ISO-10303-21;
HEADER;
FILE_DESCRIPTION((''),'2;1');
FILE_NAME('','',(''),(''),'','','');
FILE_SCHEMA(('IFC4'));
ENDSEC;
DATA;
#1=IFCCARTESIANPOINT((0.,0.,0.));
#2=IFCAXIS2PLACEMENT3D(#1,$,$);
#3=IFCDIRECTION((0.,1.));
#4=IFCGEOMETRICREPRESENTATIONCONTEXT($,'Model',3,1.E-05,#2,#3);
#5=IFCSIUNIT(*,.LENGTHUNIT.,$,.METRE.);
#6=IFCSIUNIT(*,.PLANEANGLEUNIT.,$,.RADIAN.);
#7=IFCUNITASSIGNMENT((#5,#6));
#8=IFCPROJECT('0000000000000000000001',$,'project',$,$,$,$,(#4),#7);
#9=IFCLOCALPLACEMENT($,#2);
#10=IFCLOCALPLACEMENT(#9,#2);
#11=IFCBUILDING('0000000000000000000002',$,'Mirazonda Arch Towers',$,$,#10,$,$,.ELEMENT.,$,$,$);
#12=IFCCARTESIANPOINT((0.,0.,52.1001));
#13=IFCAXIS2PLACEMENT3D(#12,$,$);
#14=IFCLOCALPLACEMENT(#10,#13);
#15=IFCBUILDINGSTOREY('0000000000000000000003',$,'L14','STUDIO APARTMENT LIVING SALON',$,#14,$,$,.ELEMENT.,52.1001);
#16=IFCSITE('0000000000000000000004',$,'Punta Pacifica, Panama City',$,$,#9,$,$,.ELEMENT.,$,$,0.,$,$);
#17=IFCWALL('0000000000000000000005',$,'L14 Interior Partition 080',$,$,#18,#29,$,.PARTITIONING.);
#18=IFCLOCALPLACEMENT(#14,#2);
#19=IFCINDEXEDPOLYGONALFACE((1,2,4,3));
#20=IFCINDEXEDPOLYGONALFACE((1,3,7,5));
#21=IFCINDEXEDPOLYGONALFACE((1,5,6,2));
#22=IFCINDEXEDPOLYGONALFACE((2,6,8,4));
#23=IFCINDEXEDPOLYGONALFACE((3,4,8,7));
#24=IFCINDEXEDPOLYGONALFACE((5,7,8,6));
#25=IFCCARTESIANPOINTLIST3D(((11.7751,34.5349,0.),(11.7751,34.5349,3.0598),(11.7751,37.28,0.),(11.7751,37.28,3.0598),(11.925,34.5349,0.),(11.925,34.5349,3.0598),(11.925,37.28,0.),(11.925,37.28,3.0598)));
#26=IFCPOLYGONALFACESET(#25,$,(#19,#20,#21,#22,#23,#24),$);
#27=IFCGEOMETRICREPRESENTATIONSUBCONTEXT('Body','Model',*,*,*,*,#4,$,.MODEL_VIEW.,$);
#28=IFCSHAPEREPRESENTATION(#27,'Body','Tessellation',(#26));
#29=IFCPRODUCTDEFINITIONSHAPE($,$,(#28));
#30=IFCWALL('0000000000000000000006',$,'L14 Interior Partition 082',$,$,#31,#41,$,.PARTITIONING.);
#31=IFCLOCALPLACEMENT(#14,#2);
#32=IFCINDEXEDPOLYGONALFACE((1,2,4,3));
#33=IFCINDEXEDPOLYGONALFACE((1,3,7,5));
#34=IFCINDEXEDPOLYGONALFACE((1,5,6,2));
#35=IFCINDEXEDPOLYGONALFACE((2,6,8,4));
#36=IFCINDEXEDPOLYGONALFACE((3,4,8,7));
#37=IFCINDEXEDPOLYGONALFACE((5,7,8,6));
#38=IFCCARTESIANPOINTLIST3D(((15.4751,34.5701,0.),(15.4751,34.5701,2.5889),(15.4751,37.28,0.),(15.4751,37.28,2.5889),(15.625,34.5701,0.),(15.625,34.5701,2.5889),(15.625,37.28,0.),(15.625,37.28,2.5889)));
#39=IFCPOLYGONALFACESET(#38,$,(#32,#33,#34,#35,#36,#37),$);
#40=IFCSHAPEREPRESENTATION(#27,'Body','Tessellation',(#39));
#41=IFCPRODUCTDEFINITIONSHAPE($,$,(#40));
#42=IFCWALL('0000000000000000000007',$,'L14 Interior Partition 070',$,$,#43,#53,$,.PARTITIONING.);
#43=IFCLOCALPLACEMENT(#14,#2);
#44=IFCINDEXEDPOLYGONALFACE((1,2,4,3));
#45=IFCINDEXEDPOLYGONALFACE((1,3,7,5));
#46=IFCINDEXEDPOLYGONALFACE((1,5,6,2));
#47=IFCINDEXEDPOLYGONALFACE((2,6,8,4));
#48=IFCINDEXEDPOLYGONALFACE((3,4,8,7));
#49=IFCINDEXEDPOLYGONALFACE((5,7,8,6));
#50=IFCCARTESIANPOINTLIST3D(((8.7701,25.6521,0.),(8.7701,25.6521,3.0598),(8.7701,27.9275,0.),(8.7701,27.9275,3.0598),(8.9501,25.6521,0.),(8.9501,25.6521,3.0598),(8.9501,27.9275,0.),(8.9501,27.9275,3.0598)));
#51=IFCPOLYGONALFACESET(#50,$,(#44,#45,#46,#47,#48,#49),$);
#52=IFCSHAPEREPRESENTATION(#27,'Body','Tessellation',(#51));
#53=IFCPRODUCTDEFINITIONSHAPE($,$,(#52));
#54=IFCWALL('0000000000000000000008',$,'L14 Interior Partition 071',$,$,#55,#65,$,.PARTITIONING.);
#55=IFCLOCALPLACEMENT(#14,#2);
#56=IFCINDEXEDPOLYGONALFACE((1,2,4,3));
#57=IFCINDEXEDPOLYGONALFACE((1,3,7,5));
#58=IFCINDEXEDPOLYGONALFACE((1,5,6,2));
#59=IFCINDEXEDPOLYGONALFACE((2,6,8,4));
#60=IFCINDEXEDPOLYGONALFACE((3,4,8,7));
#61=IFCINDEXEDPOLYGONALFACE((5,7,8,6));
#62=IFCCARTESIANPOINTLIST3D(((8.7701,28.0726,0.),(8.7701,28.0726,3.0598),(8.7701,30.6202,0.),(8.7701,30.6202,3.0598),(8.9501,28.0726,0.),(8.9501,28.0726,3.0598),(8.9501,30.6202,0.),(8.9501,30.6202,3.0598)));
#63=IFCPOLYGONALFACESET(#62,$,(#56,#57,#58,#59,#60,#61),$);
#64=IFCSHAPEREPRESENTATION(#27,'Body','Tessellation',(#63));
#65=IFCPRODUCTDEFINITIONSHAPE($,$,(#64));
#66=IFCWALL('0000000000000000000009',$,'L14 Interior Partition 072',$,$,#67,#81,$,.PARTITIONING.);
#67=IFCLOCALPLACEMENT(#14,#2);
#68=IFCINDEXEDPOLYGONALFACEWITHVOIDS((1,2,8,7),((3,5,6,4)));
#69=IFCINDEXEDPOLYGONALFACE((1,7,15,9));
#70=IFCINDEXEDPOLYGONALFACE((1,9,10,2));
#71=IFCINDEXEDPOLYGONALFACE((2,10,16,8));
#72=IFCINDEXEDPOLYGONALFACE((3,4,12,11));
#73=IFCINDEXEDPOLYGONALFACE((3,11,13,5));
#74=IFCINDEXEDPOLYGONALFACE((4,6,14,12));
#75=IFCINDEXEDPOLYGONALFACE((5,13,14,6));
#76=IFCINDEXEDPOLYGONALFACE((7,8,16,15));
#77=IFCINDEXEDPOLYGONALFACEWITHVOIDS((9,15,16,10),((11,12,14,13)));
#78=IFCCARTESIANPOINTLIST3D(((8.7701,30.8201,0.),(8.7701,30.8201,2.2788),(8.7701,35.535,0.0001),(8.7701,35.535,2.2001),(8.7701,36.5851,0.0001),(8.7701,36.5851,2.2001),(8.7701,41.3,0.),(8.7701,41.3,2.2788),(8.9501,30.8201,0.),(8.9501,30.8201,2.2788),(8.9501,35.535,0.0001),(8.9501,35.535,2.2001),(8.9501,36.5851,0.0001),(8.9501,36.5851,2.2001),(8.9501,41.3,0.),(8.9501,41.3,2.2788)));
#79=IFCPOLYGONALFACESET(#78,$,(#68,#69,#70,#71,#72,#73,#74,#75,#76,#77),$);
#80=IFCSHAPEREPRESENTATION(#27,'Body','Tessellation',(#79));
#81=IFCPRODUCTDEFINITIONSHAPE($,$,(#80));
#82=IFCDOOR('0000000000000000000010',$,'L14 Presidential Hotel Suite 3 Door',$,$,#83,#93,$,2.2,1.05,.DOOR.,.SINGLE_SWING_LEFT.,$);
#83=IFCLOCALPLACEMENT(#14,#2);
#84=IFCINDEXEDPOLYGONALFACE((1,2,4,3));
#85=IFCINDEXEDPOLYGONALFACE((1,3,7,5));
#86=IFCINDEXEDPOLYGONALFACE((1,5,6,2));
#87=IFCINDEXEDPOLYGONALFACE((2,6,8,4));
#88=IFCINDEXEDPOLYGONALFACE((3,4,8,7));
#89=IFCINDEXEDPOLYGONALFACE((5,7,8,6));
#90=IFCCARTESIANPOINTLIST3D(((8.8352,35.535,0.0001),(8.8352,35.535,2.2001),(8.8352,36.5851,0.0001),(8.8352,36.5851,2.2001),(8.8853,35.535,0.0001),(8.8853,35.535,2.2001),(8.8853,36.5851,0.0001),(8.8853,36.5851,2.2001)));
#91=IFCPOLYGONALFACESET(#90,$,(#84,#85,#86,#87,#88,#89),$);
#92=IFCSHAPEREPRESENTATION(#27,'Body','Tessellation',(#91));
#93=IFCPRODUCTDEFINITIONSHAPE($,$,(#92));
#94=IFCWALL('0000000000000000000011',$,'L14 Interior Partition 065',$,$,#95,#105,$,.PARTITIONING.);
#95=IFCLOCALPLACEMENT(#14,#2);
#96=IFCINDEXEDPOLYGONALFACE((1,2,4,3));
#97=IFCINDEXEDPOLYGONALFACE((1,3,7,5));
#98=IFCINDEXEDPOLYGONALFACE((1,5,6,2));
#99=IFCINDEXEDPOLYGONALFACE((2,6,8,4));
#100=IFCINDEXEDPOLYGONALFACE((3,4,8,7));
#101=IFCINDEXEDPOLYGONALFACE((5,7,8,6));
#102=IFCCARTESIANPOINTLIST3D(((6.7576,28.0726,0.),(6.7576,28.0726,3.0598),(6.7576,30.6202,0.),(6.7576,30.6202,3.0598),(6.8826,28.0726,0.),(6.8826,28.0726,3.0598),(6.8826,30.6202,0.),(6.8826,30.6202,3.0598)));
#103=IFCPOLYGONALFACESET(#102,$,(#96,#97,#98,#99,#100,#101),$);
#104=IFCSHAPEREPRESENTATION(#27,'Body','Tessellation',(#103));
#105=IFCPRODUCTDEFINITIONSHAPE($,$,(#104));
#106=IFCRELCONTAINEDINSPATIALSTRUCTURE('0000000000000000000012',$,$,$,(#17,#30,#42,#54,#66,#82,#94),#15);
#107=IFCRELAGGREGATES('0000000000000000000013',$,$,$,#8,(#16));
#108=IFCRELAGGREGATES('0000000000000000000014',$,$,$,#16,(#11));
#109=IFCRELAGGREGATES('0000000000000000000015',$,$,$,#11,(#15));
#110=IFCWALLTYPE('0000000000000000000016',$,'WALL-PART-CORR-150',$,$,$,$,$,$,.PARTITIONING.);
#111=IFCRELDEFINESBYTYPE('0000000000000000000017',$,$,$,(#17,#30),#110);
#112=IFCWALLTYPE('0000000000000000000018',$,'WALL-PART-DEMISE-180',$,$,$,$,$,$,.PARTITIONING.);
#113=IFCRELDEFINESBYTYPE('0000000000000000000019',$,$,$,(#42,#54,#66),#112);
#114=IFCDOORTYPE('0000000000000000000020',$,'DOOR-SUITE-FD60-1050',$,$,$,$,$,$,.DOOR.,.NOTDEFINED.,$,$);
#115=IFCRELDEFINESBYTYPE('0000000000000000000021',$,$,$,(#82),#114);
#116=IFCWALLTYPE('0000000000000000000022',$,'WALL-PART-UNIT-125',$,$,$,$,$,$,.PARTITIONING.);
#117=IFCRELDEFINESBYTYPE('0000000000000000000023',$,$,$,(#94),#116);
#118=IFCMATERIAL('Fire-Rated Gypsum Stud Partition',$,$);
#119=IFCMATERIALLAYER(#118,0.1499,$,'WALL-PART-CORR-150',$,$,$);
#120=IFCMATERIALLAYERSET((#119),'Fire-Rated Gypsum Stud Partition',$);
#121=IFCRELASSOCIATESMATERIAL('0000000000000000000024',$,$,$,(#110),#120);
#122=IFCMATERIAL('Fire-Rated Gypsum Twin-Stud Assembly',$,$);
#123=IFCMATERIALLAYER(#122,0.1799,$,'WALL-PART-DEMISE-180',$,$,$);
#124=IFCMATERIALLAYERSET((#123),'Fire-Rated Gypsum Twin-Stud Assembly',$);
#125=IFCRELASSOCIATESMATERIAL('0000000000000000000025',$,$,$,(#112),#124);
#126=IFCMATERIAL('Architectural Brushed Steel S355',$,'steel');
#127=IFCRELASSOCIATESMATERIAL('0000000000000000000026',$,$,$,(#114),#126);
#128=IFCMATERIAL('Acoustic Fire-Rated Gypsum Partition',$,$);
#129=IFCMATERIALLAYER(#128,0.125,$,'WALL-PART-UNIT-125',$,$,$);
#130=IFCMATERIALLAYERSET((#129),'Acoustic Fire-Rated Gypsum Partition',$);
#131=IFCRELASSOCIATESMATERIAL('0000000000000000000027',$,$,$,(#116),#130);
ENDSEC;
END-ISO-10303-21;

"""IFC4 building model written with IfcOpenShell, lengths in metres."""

from ifc_helpers import new_model, si_unit, direction, frame, frame_2d, origin, place, context, subcontext, project, spatial, rectangle, extrude, material, layer, layer_set, type_object, element, fill, save


model = new_model("IFC4")

# Units and contexts
model_context = context("Model", 3, precision=1e-05, world=origin(), true_north=direction((0.0, 1.0)))
body_context = subcontext(model_context, "Body", "Model", "MODEL_VIEW")
ifc_project = project(units=[si_unit("LENGTHUNIT", "METRE"), si_unit("PLANEANGLEUNIT", "RADIAN")], contexts=[model_context])

# Site, building, storey
site_placement = place(None, origin())
site = spatial("IfcSite", under=ifc_project, at=site_placement, Name="Punta Pacifica, Panama City", CompositionType="ELEMENT", RefElevation=0.0)
building_placement = place(site_placement, origin())
building = spatial("IfcBuilding", under=site, at=building_placement, Name="Mirazonda Arch Towers", CompositionType="ELEMENT")
storey_placement = place(building_placement, frame((0.0, 0.0, 52.1001)))
storey = spatial("IfcBuildingStorey", under=building, at=storey_placement, Name="L14", Description="STUDIO APARTMENT LIVING SALON", CompositionType="ELEMENT", Elevation=52.1001)

# Shared definitions
ifc_material_1 = material(Name="Architectural Brushed Steel S355", Category="steel")
ifc_material_2 = material(Name="Fire-Rated Gypsum Stud Partition")
ifc_layer_1 = layer(ifc_material_2, 0.1499, Name="WALL-PART-CORR-150")
ifc_layer_set_1 = layer_set([ifc_layer_1], Name="Fire-Rated Gypsum Stud Partition")
wall_type_1 = type_object("IfcWallType", Name="WALL-PART-CORR-150", PredefinedType="PARTITIONING", material=ifc_layer_set_1)

# Walls
wall_1_placement = place(storey_placement, frame((11.8501, 34.5349, 0.0), z_axis=(0.0, 0.0, 1.0), x_axis=(0.0, 1.0, 0.0)))
element("IfcWall", 1, at=wall_1_placement, inside=storey, type_object=wall_type_1, Name="L14 Interior Partition 080", PredefinedType="PARTITIONING", context=body_context, shape_type="SweptSolid", body=[
    extrude(rectangle(XDim=2.7451, YDim=0.1499, at=frame_2d((1.3726, 0.0))), origin(), (0.0, 0.0, 1.0), 3.0598),
])
wall_2_placement = place(storey_placement, frame((15.55, 34.5701, 0.0), z_axis=(0.0, 0.0, 1.0), x_axis=(0.0, 1.0, 0.0)))
element("IfcWall", 2, at=wall_2_placement, inside=storey, type_object=wall_type_1, Name="L14 Interior Partition 082", PredefinedType="PARTITIONING", context=body_context, shape_type="SweptSolid", body=[
    extrude(rectangle(XDim=2.71, YDim=0.1499, at=frame_2d((1.355, 0.0))), origin(), (0.0, 0.0, 1.0), 2.5889),
])
ifc_material_3 = material(Name="Fire-Rated Gypsum Twin-Stud Assembly")
ifc_layer_2 = layer(ifc_material_3, 0.1799, Name="WALL-PART-DEMISE-180")
ifc_layer_set_2 = layer_set([ifc_layer_2], Name="Fire-Rated Gypsum Twin-Stud Assembly")
wall_type_2 = type_object("IfcWallType", Name="WALL-PART-DEMISE-180", PredefinedType="PARTITIONING", material=ifc_layer_set_2)
wall_3_placement = place(storey_placement, frame((8.8601, 25.6521, 0.0), z_axis=(0.0, 0.0, 1.0), x_axis=(0.0, 1.0, 0.0)))
element("IfcWall", 3, at=wall_3_placement, inside=storey, type_object=wall_type_2, Name="L14 Interior Partition 070", PredefinedType="PARTITIONING", context=body_context, shape_type="SweptSolid", body=[
    extrude(rectangle(XDim=2.2754, YDim=0.1799, at=frame_2d((1.1377, 0.0))), origin(), (0.0, 0.0, 1.0), 3.0598),
])
wall_4_placement = place(storey_placement, frame((8.8601, 28.0725, 0.0), z_axis=(0.0, 0.0, 1.0), x_axis=(0.0, 1.0, 0.0)))
element("IfcWall", 4, at=wall_4_placement, inside=storey, type_object=wall_type_2, Name="L14 Interior Partition 071", PredefinedType="PARTITIONING", context=body_context, shape_type="SweptSolid", body=[
    extrude(rectangle(XDim=2.5476, YDim=0.1799, at=frame_2d((1.2739, 0.0))), origin(), (0.0, 0.0, 1.0), 3.0598),
])

# Wall, opening, door
wall_5_placement = place(storey_placement, frame((8.8601, 30.8201, 0.0), z_axis=(0.0, 0.0, 1.0), x_axis=(0.0, 1.0, 0.0)))
wall_5 = element("IfcWall", 5, at=wall_5_placement, inside=storey, type_object=wall_type_2, Name="L14 Interior Partition 072", PredefinedType="PARTITIONING", context=body_context, shape_type="SweptSolid", body=[
    extrude(rectangle(XDim=10.48, YDim=0.1799, at=frame_2d((5.24, 0.0))), origin(), (0.0, 0.0, 1.0), 2.2788),
])
opening_1_placement = place(wall_5_placement, frame((4.7151, 0.0, 0.0)))
opening_1 = element("IfcOpeningElement", 6, at=opening_1_placement, cuts=wall_5, PredefinedType="OPENING", context=body_context, shape_type="SweptSolid", body=[
    extrude(rectangle(XDim=1.05, YDim=2.2, at=frame_2d((0.5249, 1.1001))), frame((0.0, 0.0999, 0.0), z_axis=(0.0, -1.0, 0.0), x_axis=(1.0, 0.0, 0.0)), (0.0, 0.0, 1.0), 0.2),
])
door_type_1 = type_object("IfcDoorType", Name="DOOR-SUITE-FD60-1050", OperationType="NOTDEFINED", PredefinedType="DOOR", material=ifc_material_1)
door_1_placement = place(opening_1_placement, origin())
door_1 = element("IfcDoor", 7, at=door_1_placement, inside=storey, type_object=door_type_1, Name="L14 Presidential Hotel Suite 3 Door", OperationType="SINGLE_SWING_LEFT", OverallHeight=2.2, OverallWidth=1.05, PredefinedType="DOOR", context=body_context, shape_type="SweptSolid", body=[
    extrude(rectangle(XDim=1.05, YDim=2.2, at=frame_2d((0.5249, 1.1001))), frame((0.0, 0.0249, 0.0), z_axis=(0.0, -1.0, 0.0), x_axis=(1.0, 0.0, 0.0)), (0.0, 0.0, 1.0), 0.05),
])
fill(opening_1, door_1)

# Wall
ifc_material_4 = material(Name="Acoustic Fire-Rated Gypsum Partition")
ifc_layer_3 = layer(ifc_material_4, 0.125, Name="WALL-PART-UNIT-125")
ifc_layer_set_3 = layer_set([ifc_layer_3], Name="Acoustic Fire-Rated Gypsum Partition")
wall_type_3 = type_object("IfcWallType", Name="WALL-PART-UNIT-125", PredefinedType="PARTITIONING", material=ifc_layer_set_3)
wall_6_placement = place(storey_placement, frame((6.8201, 28.0725, 0.0), z_axis=(0.0, 0.0, 1.0), x_axis=(0.0, 1.0, 0.0)))
element("IfcWall", 8, at=wall_6_placement, inside=storey, type_object=wall_type_3, Name="L14 Interior Partition 065", PredefinedType="PARTITIONING", context=body_context, shape_type="SweptSolid", body=[
    extrude(rectangle(XDim=2.5476, YDim=0.125, at=frame_2d((1.2739, 0.0))), origin(), (0.0, 0.0, 1.0), 3.0598),
])

save(model, "model.ifc")
